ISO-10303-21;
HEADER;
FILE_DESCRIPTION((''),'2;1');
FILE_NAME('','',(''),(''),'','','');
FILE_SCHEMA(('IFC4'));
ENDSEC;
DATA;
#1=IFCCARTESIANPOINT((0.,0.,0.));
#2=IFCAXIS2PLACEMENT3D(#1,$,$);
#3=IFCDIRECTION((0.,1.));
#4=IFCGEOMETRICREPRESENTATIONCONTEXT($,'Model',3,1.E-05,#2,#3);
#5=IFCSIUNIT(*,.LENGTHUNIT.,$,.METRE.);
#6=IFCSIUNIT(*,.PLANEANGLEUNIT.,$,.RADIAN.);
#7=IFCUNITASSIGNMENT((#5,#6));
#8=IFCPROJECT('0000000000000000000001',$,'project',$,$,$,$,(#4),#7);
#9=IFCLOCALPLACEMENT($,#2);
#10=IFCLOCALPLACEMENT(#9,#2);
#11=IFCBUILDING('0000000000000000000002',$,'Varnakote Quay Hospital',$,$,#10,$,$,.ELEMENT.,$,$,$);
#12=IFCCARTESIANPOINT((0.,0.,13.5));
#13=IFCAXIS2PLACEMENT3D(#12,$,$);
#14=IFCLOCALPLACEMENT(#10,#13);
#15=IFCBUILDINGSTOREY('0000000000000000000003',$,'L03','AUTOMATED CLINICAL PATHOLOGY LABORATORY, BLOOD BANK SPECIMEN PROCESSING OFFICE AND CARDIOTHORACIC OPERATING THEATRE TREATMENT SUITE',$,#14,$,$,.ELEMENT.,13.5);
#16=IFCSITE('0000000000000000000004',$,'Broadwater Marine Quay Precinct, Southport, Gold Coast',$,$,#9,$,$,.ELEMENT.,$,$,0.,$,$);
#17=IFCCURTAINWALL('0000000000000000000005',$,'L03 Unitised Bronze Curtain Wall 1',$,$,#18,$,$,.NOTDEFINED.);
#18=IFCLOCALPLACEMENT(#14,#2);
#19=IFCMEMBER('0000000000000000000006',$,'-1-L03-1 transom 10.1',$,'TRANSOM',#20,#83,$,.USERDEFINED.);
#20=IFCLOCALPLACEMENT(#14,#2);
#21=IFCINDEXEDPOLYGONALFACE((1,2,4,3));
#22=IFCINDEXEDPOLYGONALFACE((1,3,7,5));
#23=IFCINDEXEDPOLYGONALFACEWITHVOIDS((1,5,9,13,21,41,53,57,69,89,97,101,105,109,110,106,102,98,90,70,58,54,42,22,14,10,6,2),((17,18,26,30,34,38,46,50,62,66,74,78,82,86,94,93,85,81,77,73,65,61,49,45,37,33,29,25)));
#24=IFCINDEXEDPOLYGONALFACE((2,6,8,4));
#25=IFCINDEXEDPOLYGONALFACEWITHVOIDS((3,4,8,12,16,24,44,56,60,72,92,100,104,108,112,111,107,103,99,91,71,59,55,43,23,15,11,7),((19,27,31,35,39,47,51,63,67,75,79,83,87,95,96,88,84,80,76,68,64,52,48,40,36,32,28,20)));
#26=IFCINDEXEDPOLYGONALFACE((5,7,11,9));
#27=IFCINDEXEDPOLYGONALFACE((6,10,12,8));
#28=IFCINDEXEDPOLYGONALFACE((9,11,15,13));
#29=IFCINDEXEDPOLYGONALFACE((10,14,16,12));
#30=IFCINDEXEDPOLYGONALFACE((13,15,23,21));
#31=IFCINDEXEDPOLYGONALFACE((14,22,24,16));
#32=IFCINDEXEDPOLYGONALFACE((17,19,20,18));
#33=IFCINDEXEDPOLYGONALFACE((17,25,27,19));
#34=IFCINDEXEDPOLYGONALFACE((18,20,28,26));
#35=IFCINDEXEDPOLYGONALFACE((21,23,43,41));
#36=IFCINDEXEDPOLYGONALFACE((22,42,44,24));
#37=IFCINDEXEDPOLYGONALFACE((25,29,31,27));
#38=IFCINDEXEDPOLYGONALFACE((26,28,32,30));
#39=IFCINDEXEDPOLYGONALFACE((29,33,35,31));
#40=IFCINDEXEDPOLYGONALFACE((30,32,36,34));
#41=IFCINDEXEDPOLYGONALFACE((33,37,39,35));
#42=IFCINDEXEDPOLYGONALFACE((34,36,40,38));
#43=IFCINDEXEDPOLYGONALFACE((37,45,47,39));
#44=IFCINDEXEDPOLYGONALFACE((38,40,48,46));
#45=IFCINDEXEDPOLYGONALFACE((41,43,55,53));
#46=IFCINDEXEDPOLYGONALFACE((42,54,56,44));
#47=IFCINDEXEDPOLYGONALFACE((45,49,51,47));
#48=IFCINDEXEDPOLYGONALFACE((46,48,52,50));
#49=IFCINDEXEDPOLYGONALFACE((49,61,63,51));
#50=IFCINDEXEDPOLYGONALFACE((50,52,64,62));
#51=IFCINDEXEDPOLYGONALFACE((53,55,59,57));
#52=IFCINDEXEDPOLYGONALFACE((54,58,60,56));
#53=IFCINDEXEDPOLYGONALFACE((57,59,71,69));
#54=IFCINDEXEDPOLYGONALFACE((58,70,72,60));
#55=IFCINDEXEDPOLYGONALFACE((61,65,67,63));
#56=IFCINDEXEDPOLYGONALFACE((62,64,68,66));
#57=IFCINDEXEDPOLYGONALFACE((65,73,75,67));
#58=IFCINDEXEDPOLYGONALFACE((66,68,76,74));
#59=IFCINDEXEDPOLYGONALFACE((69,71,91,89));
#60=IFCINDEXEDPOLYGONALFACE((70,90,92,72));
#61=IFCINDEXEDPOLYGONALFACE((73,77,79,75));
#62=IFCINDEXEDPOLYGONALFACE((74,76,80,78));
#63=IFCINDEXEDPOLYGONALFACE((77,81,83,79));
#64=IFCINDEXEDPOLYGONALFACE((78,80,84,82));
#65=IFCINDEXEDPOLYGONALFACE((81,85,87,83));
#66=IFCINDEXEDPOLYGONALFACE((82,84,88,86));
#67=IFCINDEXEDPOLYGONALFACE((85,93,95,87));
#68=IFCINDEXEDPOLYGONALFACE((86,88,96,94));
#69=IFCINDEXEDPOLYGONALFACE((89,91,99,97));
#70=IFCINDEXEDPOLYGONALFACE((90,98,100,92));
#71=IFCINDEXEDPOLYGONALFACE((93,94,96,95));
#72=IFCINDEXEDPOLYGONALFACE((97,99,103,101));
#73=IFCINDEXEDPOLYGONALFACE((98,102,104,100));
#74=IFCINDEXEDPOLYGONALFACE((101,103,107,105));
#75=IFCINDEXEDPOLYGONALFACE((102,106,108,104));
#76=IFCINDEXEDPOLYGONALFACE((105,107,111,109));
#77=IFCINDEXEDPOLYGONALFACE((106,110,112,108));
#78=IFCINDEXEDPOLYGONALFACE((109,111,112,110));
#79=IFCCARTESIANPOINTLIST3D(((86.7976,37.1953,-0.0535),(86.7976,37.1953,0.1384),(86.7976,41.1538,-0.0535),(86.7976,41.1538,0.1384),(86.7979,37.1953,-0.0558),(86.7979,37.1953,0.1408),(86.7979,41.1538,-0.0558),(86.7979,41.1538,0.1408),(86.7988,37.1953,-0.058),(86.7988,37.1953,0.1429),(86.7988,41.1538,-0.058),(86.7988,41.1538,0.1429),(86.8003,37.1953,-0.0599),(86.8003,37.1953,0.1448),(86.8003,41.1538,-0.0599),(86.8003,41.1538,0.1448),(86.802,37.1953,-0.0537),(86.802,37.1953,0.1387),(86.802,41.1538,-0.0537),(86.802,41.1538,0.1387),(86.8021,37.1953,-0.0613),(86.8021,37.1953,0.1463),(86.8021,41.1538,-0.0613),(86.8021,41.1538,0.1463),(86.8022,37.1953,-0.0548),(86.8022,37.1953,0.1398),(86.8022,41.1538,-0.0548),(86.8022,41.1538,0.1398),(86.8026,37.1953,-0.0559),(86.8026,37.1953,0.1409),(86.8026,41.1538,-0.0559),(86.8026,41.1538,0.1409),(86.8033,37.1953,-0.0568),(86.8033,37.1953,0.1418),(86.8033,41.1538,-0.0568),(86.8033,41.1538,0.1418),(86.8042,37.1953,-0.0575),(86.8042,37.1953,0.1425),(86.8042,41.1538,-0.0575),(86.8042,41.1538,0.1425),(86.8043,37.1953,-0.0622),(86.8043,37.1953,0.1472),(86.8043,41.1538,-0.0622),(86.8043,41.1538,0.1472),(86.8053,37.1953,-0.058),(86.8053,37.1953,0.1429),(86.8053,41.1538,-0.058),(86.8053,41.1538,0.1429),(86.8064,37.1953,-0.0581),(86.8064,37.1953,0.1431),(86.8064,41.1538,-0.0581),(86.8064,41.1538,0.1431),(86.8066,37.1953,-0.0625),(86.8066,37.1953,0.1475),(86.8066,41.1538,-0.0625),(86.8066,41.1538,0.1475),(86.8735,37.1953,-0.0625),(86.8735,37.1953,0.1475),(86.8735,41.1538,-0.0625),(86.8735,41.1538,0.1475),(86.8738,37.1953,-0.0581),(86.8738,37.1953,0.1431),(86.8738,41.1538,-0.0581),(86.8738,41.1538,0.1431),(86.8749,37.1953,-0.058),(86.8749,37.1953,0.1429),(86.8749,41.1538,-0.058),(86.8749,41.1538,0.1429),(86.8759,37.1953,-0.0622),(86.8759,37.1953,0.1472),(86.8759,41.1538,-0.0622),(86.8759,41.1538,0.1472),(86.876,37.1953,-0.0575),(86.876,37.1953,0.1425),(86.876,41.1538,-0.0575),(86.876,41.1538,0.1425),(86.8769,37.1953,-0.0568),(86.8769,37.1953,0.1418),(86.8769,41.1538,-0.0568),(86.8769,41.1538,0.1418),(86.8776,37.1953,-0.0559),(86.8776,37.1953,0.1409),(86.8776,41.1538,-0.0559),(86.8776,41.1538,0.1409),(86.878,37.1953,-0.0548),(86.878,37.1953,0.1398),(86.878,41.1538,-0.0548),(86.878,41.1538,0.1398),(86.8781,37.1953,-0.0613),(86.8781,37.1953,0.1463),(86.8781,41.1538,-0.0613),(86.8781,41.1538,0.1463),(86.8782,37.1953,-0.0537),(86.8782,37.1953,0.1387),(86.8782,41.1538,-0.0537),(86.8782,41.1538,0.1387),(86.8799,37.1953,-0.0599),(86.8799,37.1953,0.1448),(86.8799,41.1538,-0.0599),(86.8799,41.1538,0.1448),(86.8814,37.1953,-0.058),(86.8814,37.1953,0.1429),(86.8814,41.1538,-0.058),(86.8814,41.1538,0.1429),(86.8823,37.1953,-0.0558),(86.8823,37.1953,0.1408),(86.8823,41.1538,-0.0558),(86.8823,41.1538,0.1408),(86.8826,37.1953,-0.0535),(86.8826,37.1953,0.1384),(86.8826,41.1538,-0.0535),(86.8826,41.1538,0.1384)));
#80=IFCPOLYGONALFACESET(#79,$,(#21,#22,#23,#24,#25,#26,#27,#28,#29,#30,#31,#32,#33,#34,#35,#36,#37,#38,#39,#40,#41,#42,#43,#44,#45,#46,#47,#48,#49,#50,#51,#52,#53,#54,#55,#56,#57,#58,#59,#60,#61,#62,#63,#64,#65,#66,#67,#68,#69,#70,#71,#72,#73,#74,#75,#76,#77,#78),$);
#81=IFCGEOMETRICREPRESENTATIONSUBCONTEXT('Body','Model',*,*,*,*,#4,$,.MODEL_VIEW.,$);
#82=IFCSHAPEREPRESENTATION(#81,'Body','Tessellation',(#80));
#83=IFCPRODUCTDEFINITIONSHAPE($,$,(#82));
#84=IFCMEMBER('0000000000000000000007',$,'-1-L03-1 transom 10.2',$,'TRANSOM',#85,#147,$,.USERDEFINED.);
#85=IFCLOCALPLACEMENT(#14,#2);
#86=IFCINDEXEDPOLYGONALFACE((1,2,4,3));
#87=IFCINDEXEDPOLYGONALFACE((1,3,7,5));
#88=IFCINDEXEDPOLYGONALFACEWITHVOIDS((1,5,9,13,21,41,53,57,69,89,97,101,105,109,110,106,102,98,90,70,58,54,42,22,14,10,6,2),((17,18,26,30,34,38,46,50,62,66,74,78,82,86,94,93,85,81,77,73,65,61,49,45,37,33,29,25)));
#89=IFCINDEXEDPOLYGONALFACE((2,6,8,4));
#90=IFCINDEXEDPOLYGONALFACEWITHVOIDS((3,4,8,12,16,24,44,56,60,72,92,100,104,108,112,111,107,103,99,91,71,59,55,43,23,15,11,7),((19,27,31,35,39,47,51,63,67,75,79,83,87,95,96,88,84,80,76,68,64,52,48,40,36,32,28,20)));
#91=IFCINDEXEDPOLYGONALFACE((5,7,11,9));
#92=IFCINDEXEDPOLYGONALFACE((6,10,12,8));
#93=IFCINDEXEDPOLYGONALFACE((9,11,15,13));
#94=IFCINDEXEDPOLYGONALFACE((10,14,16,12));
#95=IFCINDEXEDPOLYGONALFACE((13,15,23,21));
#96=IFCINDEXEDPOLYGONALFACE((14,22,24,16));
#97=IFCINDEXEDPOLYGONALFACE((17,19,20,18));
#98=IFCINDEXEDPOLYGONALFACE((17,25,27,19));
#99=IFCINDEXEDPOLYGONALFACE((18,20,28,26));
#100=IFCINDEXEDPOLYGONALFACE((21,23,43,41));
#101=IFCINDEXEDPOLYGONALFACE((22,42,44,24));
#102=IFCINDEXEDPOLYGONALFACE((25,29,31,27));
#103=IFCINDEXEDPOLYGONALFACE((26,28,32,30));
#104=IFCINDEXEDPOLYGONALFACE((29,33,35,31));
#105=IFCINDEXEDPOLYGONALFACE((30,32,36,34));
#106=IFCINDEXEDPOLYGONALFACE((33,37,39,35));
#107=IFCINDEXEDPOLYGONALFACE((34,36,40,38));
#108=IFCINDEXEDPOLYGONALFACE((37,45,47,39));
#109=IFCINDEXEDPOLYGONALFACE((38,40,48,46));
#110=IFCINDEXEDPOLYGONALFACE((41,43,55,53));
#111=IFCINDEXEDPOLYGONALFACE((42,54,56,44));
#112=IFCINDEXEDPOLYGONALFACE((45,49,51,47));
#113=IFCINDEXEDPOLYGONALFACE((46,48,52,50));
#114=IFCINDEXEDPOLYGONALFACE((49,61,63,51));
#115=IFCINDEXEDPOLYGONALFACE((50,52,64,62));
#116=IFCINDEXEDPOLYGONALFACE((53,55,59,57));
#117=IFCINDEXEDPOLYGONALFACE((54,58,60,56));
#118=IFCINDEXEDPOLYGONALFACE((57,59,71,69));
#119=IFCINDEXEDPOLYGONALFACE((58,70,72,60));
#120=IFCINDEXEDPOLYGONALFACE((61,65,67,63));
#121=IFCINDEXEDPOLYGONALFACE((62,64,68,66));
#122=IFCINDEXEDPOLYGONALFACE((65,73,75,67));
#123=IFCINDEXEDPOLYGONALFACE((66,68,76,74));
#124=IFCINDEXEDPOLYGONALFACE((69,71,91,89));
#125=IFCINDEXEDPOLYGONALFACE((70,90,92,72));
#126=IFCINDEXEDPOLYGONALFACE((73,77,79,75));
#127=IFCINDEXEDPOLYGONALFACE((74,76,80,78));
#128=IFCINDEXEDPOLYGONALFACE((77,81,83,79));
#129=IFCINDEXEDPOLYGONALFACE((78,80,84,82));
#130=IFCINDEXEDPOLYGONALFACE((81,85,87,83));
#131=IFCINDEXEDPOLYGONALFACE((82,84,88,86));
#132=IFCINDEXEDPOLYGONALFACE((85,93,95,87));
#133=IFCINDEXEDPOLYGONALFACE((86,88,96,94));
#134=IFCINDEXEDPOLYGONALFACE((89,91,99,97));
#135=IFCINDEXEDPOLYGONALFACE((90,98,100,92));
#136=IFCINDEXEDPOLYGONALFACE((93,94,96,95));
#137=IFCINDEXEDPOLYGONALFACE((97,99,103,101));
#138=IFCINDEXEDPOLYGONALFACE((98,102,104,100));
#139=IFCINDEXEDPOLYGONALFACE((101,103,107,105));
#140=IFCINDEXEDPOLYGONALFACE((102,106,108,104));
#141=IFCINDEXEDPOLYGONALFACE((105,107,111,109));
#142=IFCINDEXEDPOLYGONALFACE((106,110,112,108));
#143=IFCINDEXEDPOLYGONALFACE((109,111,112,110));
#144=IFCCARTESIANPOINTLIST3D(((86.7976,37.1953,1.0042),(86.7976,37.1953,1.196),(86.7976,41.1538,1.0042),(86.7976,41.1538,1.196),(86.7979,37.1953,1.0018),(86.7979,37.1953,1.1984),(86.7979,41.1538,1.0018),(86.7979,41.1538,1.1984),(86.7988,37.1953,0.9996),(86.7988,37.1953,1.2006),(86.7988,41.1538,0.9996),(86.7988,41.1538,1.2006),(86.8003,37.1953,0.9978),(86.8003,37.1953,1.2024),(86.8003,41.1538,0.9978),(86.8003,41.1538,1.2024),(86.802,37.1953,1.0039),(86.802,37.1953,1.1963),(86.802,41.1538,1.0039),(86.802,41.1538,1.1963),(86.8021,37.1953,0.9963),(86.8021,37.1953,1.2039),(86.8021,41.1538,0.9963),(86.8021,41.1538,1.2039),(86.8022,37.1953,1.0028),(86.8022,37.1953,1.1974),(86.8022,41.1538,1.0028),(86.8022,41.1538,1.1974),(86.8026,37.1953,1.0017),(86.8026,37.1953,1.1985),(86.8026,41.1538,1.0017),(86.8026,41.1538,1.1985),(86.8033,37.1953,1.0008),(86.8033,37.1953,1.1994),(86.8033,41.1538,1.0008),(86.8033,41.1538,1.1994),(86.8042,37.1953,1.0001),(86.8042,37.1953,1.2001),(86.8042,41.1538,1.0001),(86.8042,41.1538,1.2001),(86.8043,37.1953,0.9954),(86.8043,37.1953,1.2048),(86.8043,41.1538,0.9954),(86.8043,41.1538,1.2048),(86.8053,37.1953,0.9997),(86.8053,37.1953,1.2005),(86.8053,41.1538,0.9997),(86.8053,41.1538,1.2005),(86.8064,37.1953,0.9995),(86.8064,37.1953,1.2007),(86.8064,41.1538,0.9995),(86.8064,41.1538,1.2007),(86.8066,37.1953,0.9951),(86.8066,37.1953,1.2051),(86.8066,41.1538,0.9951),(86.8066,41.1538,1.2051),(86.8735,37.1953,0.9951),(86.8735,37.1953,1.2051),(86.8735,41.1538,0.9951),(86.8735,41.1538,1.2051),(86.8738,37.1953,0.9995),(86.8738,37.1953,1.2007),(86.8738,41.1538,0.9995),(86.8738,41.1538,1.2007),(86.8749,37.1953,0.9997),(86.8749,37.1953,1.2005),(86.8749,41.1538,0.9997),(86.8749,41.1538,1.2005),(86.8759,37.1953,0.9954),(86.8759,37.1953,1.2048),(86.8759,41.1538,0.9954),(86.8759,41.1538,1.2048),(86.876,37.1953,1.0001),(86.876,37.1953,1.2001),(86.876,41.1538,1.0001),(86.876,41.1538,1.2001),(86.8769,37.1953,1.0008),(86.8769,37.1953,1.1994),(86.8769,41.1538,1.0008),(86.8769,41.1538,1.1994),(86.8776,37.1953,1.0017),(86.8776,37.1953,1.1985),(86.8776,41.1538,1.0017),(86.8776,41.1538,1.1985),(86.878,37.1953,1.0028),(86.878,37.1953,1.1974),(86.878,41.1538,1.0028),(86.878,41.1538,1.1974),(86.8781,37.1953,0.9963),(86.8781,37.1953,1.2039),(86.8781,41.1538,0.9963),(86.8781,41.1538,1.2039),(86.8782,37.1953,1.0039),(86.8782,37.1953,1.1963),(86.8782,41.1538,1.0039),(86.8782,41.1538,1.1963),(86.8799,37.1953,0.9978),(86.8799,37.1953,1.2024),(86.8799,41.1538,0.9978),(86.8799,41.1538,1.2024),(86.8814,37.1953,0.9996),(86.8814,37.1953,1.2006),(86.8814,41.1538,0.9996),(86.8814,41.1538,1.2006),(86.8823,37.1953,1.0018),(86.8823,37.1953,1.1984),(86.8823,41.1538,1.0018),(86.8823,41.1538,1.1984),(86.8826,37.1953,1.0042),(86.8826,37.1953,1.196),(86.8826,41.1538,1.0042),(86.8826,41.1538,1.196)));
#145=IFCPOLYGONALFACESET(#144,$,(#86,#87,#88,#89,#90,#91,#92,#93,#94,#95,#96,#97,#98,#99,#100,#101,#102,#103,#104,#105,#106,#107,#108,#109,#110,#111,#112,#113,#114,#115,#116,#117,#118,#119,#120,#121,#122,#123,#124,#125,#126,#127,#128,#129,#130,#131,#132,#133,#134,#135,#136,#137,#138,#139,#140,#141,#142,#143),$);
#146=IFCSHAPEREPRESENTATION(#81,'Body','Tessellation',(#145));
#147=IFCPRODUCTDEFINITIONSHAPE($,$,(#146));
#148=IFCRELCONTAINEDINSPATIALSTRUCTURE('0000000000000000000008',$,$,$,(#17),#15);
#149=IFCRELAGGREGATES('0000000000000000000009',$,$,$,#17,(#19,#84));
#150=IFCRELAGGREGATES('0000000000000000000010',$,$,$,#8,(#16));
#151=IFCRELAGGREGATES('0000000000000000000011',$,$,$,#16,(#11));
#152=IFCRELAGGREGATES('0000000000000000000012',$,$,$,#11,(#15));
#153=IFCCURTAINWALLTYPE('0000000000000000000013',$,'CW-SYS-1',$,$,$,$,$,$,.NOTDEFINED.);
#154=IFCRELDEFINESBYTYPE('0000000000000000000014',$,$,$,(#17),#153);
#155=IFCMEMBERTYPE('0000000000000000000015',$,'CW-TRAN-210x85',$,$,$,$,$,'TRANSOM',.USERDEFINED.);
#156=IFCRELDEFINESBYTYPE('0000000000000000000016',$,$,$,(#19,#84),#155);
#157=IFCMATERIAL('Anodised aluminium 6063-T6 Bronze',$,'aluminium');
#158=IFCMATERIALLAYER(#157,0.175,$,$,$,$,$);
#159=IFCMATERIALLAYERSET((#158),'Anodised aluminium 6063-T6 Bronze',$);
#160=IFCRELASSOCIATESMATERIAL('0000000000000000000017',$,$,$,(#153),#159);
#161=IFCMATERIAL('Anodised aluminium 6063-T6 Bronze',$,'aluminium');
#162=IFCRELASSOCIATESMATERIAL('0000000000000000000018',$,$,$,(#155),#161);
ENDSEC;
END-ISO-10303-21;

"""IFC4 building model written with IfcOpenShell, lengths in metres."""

from ifc_helpers import new_model, si_unit, direction, frame, origin, origin_2d, place, context, subcontext, project, spatial, hollow_rectangle, extrude, material, layer, layer_set, material_profile, profile_set, type_object, element, aggregate, save


model = new_model("IFC4")

# Units and contexts
model_context = context("Model", 3, precision=1e-05, world=origin(), true_north=direction((0.0, 1.0)))
body_context = subcontext(model_context, "Body", "Model", "MODEL_VIEW")
ifc_project = project(units=[si_unit("LENGTHUNIT", "METRE"), si_unit("PLANEANGLEUNIT", "RADIAN")], contexts=[model_context])

# Site, building, storey
site_placement = place(None, origin())
site = spatial("IfcSite", under=ifc_project, at=site_placement, Name="Broadwater Marine Quay Precinct, Southport, Gold Coast", CompositionType="ELEMENT", RefElevation=0.0)
building_placement = place(site_placement, origin())
building = spatial("IfcBuilding", under=site, at=building_placement, Name="Varnakote Quay Hospital", CompositionType="ELEMENT")
storey_placement = place(building_placement, frame((0.0, 0.0, 13.5)))
storey = spatial("IfcBuildingStorey", under=building, at=storey_placement, Name="L03", Description="AUTOMATED CLINICAL PATHOLOGY LABORATORY, BLOOD BANK SPECIMEN PROCESSING OFFICE AND CARDIOTHORACIC OPERATING THEATRE TREATMENT SUITE", CompositionType="ELEMENT", Elevation=13.5)

# Curtain wall, members
ifc_material_1 = material(Name="Anodised aluminium 6063-T6 Bronze", Category="aluminium")
ifc_layer_1 = layer(ifc_material_1, 0.175)
ifc_layer_set_1 = layer_set([ifc_layer_1], Name="Anodised aluminium 6063-T6 Bronze")
curtain_wall_type = type_object("IfcCurtainWallType", Name="CW-SYS-1", PredefinedType="NOTDEFINED", material=ifc_layer_set_1)
curtain_wall_placement = place(storey_placement, origin())
curtain_wall = element("IfcCurtainWall", 1, at=curtain_wall_placement, inside=storey, type_object=curtain_wall_type, Name="L03 Unitised Bronze Curtain Wall 1", PredefinedType="NOTDEFINED")
ifc_material_2 = material(Name="Anodised aluminium 6063-T6 Bronze", Category="aluminium")
ifc_material_profile_1 = material_profile(ifc_material_2, hollow_rectangle(XDim=0.085, YDim=0.21, WallThickness=0.0044, InnerFilletRadius=0.0044, OuterFilletRadius=0.009, at=origin_2d()), Name="CW-TRAN-210x85")
ifc_profile_set_1 = profile_set([ifc_material_profile_1], Name="Anodised aluminium 6063-T6 Bronze")
member_type_1 = type_object("IfcMemberType", Name="CW-TRAN-210x85", ElementType="TRANSOM", PredefinedType="USERDEFINED", material=ifc_profile_set_1)
member_1_placement = place(storey_placement, frame((86.8401, 37.1953, 0.0425), z_axis=(0.0, 1.0, 0.0), x_axis=(-1.0, 0.0, 0.0)))
member_1 = element("IfcMember", 2, at=member_1_placement, type_object=member_type_1, Name="-1-L03-1 transom 10.1", ObjectType="TRANSOM", PredefinedType="USERDEFINED", context=body_context, shape_type="SweptSolid", body=[
    extrude(hollow_rectangle(XDim=0.085, YDim=0.21, WallThickness=0.0044, InnerFilletRadius=0.0044, OuterFilletRadius=0.009, at=origin_2d()), origin(), (0.0, 0.0, 1.0), 3.9585),
])
member_2_placement = place(storey_placement, frame((86.8401, 37.1953, 1.1001), z_axis=(0.0, 1.0, 0.0), x_axis=(-1.0, 0.0, 0.0)))
member_2 = element("IfcMember", 3, at=member_2_placement, type_object=member_type_1, Name="-1-L03-1 transom 10.2", ObjectType="TRANSOM", PredefinedType="USERDEFINED", context=body_context, shape_type="SweptSolid", body=[
    extrude(hollow_rectangle(XDim=0.085, YDim=0.21, WallThickness=0.0044, InnerFilletRadius=0.0044, OuterFilletRadius=0.009, at=origin_2d()), origin(), (0.0, 0.0, 1.0), 3.9585),
])

aggregate(curtain_wall, [member_1, member_2])

save(model, "model.ifc")
